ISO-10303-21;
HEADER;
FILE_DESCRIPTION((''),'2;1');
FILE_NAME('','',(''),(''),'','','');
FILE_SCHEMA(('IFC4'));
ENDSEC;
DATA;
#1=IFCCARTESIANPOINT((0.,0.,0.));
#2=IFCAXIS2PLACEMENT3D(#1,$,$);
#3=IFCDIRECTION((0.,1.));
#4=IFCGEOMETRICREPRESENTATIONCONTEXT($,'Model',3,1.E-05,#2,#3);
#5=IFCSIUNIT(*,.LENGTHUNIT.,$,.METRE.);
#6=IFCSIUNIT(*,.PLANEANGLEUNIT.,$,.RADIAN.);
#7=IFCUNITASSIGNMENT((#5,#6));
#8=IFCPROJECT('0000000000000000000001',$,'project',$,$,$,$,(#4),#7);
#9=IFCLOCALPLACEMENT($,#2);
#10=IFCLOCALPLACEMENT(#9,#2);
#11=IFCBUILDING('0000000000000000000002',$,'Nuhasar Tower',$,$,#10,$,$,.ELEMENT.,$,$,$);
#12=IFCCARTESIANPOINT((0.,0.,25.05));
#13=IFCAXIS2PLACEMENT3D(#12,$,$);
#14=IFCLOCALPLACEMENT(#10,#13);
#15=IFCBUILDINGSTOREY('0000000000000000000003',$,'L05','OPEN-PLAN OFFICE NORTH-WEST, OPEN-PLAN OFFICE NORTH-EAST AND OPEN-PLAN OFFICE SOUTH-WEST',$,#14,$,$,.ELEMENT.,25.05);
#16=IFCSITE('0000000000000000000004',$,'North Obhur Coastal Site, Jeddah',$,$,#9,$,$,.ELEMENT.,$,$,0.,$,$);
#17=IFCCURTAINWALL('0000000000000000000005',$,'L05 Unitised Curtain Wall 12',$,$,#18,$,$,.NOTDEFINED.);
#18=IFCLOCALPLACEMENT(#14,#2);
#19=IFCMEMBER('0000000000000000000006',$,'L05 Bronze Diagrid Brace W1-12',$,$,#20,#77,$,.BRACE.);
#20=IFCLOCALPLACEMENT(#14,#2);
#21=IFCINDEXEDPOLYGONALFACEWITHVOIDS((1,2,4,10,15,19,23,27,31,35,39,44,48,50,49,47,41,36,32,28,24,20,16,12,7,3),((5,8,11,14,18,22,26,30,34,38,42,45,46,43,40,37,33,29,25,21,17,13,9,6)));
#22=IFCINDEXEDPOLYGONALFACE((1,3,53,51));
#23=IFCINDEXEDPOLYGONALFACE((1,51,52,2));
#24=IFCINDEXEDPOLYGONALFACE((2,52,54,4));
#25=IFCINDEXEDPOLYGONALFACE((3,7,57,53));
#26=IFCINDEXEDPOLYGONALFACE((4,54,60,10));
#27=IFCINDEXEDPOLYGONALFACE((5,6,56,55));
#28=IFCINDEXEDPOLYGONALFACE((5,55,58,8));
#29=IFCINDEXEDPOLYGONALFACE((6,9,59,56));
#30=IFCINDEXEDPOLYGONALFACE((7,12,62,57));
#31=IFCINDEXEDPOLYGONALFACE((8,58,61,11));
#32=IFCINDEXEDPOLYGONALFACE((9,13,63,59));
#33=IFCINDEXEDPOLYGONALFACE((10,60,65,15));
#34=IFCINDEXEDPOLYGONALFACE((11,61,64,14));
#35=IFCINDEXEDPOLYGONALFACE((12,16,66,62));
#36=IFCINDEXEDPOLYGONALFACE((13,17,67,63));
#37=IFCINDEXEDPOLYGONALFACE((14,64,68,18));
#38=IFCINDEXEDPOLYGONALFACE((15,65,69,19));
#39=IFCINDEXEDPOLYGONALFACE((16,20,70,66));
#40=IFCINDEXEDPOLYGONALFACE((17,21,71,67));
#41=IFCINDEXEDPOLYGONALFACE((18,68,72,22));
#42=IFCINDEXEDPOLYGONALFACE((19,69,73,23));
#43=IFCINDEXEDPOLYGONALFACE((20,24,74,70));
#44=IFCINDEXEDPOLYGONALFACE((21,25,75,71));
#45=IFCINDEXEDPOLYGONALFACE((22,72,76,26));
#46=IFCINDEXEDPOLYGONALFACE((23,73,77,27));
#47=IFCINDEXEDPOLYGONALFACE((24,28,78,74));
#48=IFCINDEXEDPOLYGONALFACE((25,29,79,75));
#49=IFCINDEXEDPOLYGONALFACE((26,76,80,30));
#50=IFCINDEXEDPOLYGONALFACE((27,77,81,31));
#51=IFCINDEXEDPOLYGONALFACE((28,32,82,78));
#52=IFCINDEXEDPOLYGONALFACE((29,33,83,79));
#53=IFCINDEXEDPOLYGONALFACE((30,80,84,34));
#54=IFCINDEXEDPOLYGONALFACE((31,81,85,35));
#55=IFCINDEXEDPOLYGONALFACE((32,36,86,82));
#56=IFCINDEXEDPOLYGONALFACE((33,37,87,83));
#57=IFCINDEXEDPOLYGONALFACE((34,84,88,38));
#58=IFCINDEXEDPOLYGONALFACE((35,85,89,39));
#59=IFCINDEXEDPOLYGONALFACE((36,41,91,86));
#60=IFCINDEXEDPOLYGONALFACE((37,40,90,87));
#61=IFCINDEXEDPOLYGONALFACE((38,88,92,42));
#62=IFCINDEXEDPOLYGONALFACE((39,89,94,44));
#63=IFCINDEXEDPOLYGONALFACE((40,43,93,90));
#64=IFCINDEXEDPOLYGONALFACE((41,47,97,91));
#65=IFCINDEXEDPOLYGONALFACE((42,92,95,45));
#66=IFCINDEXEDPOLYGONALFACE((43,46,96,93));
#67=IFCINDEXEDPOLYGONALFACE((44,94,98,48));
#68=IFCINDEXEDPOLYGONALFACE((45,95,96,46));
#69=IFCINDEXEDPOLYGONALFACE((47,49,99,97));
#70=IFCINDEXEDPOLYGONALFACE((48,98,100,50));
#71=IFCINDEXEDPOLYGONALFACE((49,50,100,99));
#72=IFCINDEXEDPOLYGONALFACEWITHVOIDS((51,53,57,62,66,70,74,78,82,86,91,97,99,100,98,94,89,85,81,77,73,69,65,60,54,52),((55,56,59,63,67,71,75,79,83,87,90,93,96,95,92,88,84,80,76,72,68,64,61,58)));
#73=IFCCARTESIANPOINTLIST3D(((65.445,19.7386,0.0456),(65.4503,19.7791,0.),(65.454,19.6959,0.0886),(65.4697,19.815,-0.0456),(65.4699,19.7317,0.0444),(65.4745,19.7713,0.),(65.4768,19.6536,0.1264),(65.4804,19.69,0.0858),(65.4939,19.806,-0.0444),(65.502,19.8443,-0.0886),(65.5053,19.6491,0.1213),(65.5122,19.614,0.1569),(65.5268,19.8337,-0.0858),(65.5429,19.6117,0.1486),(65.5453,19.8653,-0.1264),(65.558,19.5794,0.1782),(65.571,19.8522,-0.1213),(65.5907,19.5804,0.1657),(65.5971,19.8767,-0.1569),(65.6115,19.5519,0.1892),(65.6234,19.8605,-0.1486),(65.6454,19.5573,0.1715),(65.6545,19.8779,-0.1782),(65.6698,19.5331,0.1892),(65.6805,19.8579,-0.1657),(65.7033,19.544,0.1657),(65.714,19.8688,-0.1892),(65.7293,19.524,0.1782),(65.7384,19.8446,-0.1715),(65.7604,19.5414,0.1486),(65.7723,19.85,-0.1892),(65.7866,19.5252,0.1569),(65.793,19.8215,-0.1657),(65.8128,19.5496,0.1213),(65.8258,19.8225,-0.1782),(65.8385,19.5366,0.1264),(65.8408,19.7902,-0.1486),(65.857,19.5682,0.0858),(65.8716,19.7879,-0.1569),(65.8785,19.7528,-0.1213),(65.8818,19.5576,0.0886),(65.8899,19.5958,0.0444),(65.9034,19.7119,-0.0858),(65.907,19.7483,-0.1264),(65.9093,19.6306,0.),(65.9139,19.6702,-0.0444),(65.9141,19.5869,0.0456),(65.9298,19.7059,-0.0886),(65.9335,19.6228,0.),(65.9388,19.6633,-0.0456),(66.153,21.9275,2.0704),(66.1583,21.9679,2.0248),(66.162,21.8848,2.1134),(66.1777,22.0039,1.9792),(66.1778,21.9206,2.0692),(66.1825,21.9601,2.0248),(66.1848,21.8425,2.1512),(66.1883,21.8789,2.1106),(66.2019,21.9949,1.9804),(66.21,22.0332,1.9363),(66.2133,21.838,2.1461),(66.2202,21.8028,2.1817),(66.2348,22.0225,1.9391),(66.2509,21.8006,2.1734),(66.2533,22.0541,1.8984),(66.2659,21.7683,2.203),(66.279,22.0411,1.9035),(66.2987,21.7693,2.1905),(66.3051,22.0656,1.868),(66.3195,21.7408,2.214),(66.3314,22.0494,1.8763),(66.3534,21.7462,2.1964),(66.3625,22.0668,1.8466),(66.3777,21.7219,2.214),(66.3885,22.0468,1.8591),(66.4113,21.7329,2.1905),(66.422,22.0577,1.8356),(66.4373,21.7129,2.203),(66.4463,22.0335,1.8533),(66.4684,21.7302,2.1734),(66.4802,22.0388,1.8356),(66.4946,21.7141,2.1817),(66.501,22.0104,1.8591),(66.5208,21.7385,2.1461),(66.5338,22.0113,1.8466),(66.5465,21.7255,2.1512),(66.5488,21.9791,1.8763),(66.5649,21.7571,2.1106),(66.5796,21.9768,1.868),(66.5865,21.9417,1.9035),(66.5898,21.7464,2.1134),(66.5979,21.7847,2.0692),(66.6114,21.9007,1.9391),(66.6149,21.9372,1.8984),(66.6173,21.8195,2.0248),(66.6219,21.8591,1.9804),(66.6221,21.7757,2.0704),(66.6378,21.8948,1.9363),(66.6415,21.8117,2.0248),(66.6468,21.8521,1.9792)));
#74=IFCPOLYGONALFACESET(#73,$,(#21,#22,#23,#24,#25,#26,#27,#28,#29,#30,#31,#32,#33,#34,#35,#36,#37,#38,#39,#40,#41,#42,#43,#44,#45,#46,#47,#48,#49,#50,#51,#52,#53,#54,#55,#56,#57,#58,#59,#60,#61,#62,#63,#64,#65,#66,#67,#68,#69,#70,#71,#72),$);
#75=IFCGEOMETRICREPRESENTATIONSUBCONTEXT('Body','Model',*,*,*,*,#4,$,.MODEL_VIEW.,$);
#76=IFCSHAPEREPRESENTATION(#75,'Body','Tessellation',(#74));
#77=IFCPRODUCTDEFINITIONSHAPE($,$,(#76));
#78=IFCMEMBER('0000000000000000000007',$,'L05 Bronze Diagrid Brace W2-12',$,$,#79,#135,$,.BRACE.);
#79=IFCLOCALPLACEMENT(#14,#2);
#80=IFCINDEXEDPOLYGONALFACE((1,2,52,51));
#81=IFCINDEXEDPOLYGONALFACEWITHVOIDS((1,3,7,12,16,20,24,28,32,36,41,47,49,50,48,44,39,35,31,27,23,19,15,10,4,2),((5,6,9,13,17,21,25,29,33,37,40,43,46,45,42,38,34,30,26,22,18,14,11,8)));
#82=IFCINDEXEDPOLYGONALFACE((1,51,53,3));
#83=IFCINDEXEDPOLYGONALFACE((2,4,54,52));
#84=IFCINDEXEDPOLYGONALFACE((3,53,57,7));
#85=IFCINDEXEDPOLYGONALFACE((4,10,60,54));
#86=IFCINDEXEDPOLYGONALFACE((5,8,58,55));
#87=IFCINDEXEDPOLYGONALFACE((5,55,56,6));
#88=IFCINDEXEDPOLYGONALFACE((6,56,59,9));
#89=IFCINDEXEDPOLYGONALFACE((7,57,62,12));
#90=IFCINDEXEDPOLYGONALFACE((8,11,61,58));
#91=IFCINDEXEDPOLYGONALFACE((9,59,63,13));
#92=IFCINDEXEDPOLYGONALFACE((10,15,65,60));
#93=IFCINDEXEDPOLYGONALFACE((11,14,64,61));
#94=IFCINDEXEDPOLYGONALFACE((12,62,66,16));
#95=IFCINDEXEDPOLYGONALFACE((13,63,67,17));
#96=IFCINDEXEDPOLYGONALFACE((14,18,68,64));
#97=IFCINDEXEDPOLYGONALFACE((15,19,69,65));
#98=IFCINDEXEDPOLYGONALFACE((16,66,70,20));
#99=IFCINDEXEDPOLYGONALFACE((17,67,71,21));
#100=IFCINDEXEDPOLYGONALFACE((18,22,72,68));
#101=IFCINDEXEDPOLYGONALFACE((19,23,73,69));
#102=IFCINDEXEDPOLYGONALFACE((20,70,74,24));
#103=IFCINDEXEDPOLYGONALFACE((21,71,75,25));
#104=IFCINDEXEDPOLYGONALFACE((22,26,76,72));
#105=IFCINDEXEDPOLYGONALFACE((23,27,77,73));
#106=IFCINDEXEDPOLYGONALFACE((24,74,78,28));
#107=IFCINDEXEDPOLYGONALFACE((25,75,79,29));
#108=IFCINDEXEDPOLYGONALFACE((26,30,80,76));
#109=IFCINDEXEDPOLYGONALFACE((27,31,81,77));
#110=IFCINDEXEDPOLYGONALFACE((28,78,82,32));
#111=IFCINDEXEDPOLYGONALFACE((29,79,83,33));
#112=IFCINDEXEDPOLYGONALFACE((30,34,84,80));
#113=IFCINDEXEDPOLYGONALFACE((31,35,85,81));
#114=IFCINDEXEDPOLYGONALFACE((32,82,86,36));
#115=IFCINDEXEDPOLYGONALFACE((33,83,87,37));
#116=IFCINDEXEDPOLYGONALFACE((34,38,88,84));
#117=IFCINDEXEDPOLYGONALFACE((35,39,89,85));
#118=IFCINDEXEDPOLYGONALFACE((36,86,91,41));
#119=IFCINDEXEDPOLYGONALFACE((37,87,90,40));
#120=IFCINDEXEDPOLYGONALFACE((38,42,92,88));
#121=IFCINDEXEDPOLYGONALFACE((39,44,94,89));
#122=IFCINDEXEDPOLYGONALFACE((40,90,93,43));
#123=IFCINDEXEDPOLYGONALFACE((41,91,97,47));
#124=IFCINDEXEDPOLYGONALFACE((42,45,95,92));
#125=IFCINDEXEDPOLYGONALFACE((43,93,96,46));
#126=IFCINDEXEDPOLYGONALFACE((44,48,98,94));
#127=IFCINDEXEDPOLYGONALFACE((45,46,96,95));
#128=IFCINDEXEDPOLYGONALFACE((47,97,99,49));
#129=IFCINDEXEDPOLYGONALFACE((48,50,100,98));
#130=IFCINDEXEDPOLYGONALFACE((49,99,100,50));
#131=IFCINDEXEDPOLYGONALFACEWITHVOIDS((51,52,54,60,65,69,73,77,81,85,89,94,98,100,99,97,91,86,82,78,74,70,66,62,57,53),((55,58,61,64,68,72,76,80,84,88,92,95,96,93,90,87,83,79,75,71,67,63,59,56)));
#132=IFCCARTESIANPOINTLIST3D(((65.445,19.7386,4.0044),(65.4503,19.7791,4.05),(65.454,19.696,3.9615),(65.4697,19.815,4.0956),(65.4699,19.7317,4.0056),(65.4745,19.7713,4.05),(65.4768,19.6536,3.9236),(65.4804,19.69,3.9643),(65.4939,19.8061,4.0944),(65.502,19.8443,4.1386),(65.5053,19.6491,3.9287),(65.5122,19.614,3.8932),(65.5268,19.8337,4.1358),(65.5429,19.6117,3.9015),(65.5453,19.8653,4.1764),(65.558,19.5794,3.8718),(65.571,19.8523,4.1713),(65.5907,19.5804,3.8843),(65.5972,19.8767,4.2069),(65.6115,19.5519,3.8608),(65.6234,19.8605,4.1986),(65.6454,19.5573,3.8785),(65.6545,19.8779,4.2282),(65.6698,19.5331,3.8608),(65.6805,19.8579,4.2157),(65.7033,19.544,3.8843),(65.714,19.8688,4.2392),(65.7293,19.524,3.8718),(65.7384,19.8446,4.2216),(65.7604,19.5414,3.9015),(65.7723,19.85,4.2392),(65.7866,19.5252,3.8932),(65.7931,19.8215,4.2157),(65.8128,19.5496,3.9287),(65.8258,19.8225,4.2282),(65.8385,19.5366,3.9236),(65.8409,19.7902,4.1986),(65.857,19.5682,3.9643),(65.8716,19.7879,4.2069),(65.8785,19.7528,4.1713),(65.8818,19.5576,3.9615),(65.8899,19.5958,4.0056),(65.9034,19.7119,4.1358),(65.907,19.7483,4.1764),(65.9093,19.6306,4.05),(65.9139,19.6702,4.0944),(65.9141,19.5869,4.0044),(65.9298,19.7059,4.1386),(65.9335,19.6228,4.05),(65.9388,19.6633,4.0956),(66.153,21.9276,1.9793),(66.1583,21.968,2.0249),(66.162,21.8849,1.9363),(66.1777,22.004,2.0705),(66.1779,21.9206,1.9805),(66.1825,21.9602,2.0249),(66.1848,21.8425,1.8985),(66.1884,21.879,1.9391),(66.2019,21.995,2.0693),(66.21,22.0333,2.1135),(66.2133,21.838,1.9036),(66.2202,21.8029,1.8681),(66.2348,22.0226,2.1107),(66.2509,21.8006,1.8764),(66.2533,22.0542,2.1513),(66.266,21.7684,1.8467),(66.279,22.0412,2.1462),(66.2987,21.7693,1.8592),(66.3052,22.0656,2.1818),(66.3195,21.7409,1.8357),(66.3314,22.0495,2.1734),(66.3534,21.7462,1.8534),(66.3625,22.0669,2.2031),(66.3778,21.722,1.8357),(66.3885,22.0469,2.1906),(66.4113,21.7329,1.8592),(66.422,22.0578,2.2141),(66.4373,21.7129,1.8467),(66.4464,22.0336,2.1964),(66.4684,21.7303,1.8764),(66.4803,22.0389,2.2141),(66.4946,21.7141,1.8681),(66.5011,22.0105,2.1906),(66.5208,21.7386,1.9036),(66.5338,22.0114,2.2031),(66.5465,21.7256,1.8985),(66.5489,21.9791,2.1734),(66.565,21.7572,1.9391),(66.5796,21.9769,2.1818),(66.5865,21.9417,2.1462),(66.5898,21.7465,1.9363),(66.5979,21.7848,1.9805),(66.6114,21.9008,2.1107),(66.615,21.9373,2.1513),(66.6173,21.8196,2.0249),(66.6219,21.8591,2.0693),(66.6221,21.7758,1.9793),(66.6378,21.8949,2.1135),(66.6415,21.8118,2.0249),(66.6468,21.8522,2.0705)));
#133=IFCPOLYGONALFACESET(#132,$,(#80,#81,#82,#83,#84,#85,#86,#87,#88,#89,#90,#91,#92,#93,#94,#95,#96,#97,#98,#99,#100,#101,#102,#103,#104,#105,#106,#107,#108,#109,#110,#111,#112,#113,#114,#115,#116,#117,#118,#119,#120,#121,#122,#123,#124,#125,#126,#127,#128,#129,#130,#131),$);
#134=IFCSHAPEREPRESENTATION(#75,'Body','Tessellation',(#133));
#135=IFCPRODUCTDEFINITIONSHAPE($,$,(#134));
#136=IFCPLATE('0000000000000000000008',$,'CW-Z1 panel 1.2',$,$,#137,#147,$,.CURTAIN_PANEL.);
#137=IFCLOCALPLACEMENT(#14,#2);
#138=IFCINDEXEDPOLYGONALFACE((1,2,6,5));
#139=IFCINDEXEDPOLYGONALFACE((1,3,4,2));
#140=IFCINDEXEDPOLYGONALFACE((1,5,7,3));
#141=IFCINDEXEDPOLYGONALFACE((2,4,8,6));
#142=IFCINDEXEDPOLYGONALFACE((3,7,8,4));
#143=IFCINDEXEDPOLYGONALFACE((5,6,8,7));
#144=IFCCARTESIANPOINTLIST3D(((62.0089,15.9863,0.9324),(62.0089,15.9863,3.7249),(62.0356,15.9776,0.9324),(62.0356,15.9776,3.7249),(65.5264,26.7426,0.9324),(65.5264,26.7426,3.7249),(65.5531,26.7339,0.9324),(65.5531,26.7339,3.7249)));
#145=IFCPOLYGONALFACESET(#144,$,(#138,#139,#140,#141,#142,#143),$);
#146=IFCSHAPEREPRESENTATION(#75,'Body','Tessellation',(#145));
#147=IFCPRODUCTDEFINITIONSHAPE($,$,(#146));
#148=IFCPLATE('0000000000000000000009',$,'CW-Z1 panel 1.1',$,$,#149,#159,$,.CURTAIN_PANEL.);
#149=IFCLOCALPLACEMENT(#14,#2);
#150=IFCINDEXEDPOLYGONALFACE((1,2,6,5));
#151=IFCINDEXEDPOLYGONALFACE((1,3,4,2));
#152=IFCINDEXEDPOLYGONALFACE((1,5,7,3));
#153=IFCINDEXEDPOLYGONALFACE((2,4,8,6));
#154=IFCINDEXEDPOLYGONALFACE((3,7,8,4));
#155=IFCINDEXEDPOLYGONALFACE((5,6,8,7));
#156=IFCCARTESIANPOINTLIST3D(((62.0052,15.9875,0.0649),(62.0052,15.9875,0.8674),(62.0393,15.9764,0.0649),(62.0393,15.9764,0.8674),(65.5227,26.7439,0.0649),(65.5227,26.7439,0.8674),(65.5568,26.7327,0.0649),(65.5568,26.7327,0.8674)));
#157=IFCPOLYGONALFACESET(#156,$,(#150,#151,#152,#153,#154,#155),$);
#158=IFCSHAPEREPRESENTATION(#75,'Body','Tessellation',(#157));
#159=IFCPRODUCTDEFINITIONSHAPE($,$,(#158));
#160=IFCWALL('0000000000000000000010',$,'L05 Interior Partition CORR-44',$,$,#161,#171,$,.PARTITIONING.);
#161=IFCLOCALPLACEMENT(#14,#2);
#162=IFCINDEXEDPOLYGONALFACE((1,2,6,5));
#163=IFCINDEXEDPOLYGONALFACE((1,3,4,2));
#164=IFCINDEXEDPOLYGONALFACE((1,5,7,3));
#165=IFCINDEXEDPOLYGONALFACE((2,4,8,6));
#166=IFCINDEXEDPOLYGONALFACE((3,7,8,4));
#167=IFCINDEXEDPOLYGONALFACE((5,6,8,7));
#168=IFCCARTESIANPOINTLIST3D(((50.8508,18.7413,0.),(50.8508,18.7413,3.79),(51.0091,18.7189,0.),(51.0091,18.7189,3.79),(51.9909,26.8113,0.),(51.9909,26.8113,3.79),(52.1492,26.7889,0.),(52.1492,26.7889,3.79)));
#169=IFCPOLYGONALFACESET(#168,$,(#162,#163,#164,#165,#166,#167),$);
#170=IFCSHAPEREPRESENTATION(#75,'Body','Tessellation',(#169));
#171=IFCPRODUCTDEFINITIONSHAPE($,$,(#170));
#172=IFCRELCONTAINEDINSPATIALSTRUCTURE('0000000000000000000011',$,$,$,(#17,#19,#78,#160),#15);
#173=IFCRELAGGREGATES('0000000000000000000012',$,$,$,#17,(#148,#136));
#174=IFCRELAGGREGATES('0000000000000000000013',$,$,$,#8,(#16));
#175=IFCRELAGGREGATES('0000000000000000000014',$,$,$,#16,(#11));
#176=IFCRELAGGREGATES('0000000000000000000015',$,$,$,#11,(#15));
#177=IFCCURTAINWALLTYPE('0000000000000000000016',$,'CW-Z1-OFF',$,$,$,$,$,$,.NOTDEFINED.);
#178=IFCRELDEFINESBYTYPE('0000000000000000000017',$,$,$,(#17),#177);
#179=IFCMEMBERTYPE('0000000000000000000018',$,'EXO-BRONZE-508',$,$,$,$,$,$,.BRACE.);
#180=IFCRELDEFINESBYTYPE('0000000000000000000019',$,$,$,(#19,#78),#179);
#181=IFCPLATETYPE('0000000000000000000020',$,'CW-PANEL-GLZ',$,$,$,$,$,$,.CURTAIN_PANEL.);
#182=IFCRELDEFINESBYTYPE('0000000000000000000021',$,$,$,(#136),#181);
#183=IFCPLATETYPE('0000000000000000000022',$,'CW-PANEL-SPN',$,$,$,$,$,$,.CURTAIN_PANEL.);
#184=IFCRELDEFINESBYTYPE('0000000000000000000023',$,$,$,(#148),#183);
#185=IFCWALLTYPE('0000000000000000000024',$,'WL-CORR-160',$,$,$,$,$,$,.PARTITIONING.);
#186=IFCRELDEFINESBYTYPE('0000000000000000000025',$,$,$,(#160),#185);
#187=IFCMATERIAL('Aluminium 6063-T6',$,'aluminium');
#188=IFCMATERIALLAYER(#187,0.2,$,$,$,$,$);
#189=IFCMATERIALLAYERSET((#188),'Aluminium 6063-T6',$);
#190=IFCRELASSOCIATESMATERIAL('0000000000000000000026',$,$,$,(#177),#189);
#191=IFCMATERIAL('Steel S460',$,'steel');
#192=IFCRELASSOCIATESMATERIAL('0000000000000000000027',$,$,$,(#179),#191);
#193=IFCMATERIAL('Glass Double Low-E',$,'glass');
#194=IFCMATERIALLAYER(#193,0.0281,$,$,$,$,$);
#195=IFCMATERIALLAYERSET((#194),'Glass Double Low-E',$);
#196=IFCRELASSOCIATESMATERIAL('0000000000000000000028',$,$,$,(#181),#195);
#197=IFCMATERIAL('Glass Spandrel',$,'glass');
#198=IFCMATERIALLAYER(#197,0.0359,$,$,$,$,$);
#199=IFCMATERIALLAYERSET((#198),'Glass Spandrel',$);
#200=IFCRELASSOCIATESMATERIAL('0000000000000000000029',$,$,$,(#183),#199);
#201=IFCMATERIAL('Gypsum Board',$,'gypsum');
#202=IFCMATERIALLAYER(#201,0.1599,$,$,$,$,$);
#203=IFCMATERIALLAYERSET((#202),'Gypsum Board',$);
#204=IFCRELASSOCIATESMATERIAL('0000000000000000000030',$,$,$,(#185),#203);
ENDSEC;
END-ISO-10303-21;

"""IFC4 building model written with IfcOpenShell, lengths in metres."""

from ifc_helpers import new_model, si_unit, direction, frame, frame_2d, origin, origin_2d, place, context, subcontext, project, spatial, rectangle, hollow_circle, extrude, material, layer, layer_set, material_profile, profile_set, type_object, element, aggregate, save


model = new_model("IFC4")

# Units and contexts
model_context = context("Model", 3, precision=1e-05, world=origin(), true_north=direction((0.0, 1.0)))
body_context = subcontext(model_context, "Body", "Model", "MODEL_VIEW")
ifc_project = project(units=[si_unit("LENGTHUNIT", "METRE"), si_unit("PLANEANGLEUNIT", "RADIAN")], contexts=[model_context])

# Site, building, storey
site_placement = place(None, origin())
site = spatial("IfcSite", under=ifc_project, at=site_placement, Name="North Obhur Coastal Site, Jeddah", CompositionType="ELEMENT", RefElevation=0.0)
building_placement = place(site_placement, origin())
building = spatial("IfcBuilding", under=site, at=building_placement, Name="Nuhasar Tower", CompositionType="ELEMENT")
storey_placement = place(building_placement, frame((0.0, 0.0, 25.05)))
storey = spatial("IfcBuildingStorey", under=building, at=storey_placement, Name="L05", Description="OPEN-PLAN OFFICE NORTH-WEST, OPEN-PLAN OFFICE NORTH-EAST AND OPEN-PLAN OFFICE SOUTH-WEST", CompositionType="ELEMENT", Elevation=25.05)

# Curtain wall
ifc_material_1 = material(Name="Aluminium 6063-T6", Category="aluminium")
ifc_layer_1 = layer(ifc_material_1, 0.2)
ifc_layer_set_1 = layer_set([ifc_layer_1], Name="Aluminium 6063-T6")
curtain_wall_type = type_object("IfcCurtainWallType", Name="CW-Z1-OFF", PredefinedType="NOTDEFINED", material=ifc_layer_set_1)
curtain_wall_placement = place(storey_placement, origin())
curtain_wall = element("IfcCurtainWall", 1, at=curtain_wall_placement, inside=storey, type_object=curtain_wall_type, Name="L05 Unitised Curtain Wall 12", PredefinedType="NOTDEFINED")

# Members
ifc_material_2 = material(Name="Steel S460", Category="steel")
ifc_material_profile_1 = material_profile(ifc_material_2, hollow_circle(Radius=0.2539, WallThickness=0.0254, at=origin_2d()), Name="HSS508X25.4")
ifc_profile_set_1 = profile_set([ifc_material_profile_1], Name="Steel S460")
member_type_1 = type_object("IfcMemberType", Name="EXO-BRONZE-508", PredefinedType="BRACE", material=ifc_profile_set_1)
member_1_placement = place(storey_placement, frame((65.6919, 19.7009, 0.0), z_axis=(0.231012, 0.714225, 0.660694), x_axis=(-0.951468, 0.307747, 0.0)))
element("IfcMember", 2, at=member_1_placement, inside=storey, type_object=member_type_1, Name="L05 Bronze Diagrid Brace W1-12", PredefinedType="BRACE", context=body_context, shape_type="SweptSolid", body=[
    extrude(hollow_circle(Radius=0.2539, WallThickness=0.0254, at=origin_2d()), origin(), (0.0, 0.0, 1.0), 3.0647),
])
member_2_placement = place(storey_placement, frame((66.3999, 21.8899, 2.0249), z_axis=(-0.231, -0.714187, 0.660739), x_axis=(0.951468, -0.307747, 0.0)))
element("IfcMember", 3, at=member_2_placement, inside=storey, type_object=member_type_1, Name="L05 Bronze Diagrid Brace W2-12", PredefinedType="BRACE", context=body_context, shape_type="SweptSolid", body=[
    extrude(hollow_circle(Radius=0.2539, WallThickness=0.0254, at=origin_2d()), origin(), (0.0, 0.0, 1.0), 3.0649),
])

# Plates
ifc_material_3 = material(Name="Glass Double Low-E", Category="glass")
ifc_layer_2 = layer(ifc_material_3, 0.0281)
ifc_layer_set_2 = layer_set([ifc_layer_2], Name="Glass Double Low-E")
plate_type_1 = type_object("IfcPlateType", Name="CW-PANEL-GLZ", PredefinedType="CURTAIN_PANEL", material=ifc_layer_set_2)
plate_1_placement = place(storey_placement, frame((63.781, 21.3601, 0.9324), z_axis=(0.0, 0.0, 1.0), x_axis=(0.310824, 0.950468, 0.0)))
plate_1 = element("IfcPlate", 4, at=plate_1_placement, type_object=plate_type_1, Name="CW-Z1 panel 1.2", PredefinedType="CURTAIN_PANEL", context=body_context, shape_type="SweptSolid", body=[
    extrude(rectangle(XDim=11.3169, YDim=0.0281, at=origin_2d()), origin(), (0.0, 0.0, 1.0), 2.7925),
])
ifc_material_4 = material(Name="Glass Spandrel", Category="glass")
ifc_layer_3 = layer(ifc_material_4, 0.0359)
ifc_layer_set_3 = layer_set([ifc_layer_3], Name="Glass Spandrel")
plate_type_2 = type_object("IfcPlateType", Name="CW-PANEL-SPN", PredefinedType="CURTAIN_PANEL", material=ifc_layer_set_3)
plate_2_placement = place(storey_placement, frame((63.781, 21.3601, 0.0649), z_axis=(0.0, 0.0, 1.0), x_axis=(0.310824, 0.950468, 0.0)))
plate_2 = element("IfcPlate", 5, at=plate_2_placement, type_object=plate_type_2, Name="CW-Z1 panel 1.1", PredefinedType="CURTAIN_PANEL", context=body_context, shape_type="SweptSolid", body=[
    extrude(rectangle(XDim=11.3169, YDim=0.0359, at=origin_2d()), origin(), (0.0, 0.0, 1.0), 0.8025),
])
aggregate(curtain_wall, [plate_2, plate_1])

# Shared definitions
ifc_material_5 = material(Name="Gypsum Board", Category="gypsum")
ifc_layer_4 = layer(ifc_material_5, 0.1599)
ifc_layer_set_4 = layer_set([ifc_layer_4], Name="Gypsum Board")
wall_type_1 = type_object("IfcWallType", Name="WL-CORR-160", PredefinedType="PARTITIONING", material=ifc_layer_set_4)

# Wall
wall_1_placement = place(storey_placement, frame((50.9299, 18.73, 0.0), z_axis=(0.0, 0.0, 1.0), x_axis=(0.13989, 0.990167, 0.0)))
element("IfcWall", 6, at=wall_1_placement, inside=storey, type_object=wall_type_1, Name="L05 Interior Partition CORR-44", PredefinedType="PARTITIONING", context=body_context, shape_type="SweptSolid", body=[
    extrude(rectangle(XDim=8.1501, YDim=0.1599, at=frame_2d((4.0752, 0.0))), origin(), (0.0, 0.0, 1.0), 3.79),
])

save(model, "model.ifc")
